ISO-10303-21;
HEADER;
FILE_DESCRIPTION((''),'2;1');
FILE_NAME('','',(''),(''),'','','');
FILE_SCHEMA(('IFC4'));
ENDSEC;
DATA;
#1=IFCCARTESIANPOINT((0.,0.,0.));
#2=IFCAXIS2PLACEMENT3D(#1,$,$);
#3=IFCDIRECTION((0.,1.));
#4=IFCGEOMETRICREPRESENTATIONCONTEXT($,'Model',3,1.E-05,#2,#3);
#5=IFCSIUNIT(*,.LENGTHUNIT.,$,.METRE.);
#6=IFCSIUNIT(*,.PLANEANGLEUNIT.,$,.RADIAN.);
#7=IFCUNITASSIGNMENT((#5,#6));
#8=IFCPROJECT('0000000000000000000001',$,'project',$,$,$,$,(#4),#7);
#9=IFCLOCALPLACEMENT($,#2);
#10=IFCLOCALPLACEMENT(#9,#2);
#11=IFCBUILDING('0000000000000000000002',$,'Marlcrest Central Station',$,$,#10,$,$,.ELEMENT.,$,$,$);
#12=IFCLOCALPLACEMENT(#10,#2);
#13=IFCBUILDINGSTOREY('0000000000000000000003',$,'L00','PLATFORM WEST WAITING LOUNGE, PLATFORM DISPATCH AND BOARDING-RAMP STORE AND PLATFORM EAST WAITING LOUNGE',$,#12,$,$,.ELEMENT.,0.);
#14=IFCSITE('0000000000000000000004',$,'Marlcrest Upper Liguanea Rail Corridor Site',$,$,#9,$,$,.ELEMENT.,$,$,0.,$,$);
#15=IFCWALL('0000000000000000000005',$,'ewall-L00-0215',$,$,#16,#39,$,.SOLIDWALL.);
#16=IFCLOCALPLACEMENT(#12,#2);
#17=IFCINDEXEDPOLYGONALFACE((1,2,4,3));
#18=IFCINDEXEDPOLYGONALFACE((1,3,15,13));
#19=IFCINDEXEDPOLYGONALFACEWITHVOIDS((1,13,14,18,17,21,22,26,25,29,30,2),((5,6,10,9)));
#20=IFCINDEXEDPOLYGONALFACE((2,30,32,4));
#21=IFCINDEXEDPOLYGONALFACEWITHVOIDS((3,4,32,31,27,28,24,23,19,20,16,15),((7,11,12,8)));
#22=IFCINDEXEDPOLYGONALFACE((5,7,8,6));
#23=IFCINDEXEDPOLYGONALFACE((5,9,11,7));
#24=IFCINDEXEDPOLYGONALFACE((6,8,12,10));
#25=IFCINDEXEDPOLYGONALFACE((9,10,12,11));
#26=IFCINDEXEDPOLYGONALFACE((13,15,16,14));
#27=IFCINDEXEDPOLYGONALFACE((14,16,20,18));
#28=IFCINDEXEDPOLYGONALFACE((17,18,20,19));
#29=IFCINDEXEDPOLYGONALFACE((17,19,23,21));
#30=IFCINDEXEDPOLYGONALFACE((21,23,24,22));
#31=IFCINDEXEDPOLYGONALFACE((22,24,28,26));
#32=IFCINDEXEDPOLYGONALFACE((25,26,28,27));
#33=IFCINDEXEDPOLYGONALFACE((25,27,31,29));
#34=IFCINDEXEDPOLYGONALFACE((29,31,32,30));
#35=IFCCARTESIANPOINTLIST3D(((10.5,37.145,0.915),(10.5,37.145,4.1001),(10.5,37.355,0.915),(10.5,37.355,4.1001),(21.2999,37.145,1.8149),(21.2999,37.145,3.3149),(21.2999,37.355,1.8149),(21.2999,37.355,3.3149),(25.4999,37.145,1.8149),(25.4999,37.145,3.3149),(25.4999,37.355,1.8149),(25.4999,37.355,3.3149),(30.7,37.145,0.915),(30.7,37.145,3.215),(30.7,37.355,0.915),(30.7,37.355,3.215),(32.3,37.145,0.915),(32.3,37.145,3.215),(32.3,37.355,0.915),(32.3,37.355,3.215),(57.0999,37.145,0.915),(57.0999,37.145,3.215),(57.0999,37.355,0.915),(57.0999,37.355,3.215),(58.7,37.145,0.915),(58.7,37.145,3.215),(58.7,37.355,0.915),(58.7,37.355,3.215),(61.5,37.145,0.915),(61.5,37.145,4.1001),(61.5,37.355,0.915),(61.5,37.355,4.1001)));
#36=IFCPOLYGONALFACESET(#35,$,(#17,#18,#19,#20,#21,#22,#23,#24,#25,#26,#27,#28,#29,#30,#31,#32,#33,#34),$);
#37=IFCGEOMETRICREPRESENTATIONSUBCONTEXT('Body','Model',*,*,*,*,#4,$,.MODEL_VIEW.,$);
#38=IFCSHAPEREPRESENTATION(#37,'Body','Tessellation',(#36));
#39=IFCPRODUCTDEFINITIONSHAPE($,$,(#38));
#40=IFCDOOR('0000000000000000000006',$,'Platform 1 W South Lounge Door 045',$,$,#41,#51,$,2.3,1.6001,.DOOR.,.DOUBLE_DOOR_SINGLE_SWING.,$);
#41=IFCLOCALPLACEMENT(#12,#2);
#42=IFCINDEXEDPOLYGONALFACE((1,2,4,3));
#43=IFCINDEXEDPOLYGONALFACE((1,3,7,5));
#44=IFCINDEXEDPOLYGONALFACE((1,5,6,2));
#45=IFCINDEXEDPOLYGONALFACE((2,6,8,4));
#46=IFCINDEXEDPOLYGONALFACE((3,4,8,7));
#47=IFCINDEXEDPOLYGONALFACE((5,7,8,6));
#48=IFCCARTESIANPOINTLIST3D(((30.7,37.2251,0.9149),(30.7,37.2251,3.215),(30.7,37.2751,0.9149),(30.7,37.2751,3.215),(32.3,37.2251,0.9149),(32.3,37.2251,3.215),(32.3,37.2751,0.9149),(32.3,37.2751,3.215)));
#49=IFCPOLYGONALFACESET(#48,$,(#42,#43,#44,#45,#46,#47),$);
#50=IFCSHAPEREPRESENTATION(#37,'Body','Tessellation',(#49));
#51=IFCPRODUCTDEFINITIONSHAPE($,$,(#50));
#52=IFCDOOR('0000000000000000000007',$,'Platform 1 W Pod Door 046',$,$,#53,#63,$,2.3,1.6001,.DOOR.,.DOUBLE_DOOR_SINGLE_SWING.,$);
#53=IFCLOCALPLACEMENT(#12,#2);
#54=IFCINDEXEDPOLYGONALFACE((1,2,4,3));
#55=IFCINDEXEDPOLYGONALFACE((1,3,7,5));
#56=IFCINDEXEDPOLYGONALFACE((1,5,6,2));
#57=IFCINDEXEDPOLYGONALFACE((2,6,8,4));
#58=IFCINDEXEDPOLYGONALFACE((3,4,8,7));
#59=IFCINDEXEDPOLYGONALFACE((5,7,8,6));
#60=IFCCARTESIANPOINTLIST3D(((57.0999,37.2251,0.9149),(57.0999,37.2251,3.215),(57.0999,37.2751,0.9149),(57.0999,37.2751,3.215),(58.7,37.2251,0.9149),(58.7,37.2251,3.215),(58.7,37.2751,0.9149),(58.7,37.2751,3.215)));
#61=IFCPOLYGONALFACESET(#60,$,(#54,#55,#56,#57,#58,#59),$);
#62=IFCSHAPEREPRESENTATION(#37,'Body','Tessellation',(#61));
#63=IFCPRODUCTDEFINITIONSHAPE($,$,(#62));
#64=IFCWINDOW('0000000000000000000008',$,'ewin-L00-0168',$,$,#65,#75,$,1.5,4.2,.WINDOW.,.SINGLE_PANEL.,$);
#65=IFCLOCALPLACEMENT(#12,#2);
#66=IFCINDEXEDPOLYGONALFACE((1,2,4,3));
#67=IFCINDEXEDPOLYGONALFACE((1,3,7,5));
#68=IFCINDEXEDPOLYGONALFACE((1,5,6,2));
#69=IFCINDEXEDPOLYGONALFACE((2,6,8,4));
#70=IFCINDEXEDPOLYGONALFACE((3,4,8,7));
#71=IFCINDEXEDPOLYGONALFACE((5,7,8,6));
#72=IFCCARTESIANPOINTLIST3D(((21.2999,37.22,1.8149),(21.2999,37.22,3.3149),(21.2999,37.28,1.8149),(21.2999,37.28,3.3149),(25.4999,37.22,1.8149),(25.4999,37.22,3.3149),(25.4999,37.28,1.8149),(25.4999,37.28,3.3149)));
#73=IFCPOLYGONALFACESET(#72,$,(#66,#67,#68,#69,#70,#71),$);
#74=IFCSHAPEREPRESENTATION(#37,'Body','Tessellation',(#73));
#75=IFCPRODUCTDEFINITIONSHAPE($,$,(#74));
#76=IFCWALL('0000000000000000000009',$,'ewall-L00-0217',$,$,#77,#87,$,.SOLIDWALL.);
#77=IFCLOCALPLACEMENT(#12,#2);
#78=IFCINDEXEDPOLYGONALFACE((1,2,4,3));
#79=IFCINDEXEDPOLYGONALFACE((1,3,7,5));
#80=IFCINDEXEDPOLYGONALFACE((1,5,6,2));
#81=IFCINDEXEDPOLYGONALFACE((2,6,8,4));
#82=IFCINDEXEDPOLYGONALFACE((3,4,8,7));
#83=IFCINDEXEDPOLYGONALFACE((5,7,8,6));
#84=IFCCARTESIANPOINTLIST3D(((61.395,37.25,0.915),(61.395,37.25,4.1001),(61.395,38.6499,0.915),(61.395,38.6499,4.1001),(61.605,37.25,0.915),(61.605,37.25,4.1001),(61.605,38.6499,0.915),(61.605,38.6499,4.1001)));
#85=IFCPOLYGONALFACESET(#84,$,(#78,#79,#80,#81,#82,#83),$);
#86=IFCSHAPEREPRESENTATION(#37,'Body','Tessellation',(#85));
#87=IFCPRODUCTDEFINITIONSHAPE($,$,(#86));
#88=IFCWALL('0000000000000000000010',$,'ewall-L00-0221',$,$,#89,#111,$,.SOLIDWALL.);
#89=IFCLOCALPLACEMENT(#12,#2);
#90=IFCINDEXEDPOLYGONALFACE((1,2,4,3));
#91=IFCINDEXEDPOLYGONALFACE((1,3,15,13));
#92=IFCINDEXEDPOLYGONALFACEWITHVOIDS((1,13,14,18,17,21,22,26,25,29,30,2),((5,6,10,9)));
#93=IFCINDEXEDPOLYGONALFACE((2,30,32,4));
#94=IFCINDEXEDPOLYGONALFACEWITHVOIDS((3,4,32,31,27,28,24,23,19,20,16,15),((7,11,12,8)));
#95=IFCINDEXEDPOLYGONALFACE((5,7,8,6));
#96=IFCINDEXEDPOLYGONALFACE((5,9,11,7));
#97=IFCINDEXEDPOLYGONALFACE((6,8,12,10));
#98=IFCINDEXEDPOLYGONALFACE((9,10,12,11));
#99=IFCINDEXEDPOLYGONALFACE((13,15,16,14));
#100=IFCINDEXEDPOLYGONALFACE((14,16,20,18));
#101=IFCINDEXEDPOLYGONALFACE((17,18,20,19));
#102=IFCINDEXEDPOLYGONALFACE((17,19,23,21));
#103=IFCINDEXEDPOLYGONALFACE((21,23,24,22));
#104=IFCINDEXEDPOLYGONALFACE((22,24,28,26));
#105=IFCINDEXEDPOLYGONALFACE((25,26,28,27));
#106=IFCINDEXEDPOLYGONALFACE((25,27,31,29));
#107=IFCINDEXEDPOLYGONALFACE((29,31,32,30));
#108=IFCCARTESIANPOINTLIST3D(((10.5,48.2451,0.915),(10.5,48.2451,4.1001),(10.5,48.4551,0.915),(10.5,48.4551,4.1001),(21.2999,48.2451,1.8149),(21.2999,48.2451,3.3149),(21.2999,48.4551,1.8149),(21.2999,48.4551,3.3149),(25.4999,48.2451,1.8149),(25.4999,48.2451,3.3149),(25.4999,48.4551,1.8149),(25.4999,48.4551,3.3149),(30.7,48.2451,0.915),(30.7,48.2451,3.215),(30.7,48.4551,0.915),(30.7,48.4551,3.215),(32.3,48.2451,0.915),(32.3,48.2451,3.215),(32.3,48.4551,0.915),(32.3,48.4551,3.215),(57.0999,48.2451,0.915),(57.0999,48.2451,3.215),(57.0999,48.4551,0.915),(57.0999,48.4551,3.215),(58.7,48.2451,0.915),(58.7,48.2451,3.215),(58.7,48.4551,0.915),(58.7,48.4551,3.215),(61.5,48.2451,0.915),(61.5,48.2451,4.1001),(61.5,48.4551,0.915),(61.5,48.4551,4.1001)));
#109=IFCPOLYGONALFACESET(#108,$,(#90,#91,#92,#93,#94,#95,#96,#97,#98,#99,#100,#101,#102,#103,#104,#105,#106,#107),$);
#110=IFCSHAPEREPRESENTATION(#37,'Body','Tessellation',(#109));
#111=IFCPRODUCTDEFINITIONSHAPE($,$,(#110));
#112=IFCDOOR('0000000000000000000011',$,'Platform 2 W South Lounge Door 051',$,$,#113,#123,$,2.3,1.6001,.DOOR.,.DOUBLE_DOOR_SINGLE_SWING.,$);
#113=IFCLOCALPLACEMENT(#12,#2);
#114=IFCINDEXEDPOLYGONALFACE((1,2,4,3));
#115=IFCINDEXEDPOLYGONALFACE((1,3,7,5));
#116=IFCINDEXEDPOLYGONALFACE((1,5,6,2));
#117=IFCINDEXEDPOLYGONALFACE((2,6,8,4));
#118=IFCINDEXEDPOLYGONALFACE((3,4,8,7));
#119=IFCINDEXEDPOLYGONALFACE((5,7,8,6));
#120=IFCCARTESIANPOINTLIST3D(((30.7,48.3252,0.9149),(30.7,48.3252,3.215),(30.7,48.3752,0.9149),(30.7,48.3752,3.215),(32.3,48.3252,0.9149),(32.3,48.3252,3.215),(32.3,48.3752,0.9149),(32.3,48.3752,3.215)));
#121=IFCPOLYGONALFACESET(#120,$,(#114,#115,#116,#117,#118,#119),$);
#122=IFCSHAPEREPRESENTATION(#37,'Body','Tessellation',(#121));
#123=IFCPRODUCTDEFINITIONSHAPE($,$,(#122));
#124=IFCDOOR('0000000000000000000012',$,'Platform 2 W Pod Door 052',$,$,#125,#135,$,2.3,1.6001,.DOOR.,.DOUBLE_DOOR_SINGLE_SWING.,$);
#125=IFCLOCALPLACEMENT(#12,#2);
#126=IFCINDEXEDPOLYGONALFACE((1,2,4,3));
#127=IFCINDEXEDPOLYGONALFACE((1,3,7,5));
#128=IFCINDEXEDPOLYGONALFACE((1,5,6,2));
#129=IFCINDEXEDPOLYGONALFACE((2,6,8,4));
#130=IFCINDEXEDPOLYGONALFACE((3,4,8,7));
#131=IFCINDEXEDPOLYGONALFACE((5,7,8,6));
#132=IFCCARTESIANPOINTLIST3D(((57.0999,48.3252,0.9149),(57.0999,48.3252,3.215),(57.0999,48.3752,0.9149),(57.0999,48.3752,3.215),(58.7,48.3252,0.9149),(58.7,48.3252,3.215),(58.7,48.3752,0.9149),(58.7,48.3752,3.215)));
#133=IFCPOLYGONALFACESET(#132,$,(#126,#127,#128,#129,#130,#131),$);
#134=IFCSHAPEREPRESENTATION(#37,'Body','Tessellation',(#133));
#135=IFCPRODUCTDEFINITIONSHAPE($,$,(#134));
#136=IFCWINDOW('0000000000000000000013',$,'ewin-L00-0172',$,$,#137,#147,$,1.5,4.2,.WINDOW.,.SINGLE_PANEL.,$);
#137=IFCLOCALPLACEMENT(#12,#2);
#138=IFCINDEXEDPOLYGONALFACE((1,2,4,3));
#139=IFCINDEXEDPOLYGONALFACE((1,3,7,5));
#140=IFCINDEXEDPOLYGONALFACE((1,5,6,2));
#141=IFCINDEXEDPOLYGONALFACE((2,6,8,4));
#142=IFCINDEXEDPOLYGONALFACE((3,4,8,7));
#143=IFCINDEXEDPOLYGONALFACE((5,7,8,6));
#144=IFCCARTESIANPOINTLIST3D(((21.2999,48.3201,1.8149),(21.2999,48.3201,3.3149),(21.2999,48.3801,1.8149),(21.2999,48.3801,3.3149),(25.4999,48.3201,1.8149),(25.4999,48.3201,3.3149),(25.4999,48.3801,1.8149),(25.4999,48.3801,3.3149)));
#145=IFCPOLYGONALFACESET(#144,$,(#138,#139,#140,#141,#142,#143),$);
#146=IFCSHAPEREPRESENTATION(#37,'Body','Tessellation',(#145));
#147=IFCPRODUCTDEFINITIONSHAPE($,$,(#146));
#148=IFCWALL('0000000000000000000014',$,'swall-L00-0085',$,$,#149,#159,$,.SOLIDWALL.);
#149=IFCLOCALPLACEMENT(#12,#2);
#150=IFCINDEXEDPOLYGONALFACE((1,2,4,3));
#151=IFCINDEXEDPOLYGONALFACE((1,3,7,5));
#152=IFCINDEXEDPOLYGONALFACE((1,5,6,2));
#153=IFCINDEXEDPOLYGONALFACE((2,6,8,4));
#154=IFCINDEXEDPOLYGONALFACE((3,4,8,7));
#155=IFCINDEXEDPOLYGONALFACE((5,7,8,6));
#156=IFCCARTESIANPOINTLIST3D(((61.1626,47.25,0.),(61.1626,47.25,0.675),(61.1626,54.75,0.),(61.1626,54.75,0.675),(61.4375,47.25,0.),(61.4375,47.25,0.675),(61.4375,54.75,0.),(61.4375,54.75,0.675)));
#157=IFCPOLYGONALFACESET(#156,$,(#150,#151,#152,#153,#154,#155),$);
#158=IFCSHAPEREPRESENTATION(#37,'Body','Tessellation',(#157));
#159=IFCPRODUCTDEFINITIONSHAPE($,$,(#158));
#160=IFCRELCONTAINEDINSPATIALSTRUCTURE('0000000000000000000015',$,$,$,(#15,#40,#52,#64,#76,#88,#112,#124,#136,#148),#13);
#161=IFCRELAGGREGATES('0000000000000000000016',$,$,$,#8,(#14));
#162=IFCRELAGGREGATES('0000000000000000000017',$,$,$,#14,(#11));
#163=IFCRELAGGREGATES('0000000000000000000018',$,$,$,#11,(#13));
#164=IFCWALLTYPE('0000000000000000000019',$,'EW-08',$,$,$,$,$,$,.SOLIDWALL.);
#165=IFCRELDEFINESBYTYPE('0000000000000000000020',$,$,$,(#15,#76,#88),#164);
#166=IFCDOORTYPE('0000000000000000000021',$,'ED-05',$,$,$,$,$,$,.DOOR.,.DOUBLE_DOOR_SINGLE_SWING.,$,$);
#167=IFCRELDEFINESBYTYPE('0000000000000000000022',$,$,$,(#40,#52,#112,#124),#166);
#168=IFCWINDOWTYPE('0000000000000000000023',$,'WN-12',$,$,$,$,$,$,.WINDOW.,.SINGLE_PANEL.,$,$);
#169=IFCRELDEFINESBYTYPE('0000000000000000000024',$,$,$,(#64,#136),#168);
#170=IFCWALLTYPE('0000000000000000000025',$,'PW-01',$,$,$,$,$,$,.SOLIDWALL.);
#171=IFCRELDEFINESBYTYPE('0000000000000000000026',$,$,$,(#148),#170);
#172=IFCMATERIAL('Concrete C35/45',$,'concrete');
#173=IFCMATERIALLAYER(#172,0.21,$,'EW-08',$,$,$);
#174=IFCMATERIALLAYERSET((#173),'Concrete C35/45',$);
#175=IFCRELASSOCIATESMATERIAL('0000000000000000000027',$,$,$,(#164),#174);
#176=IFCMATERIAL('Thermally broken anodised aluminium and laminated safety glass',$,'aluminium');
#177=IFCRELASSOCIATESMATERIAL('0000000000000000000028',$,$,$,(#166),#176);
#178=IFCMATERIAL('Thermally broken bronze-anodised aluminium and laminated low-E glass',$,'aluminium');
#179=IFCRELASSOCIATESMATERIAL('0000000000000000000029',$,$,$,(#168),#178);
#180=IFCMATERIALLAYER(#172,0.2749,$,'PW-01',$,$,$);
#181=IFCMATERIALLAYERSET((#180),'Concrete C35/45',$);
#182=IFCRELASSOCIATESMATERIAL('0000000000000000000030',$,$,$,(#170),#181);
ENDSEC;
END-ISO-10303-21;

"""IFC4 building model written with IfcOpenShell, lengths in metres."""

from ifc_helpers import new_model, si_unit, direction, frame, frame_2d, origin, place, context, subcontext, project, spatial, rectangle, extrude, material, layer, layer_set, type_object, element, fill, save


model = new_model("IFC4")

# Units and contexts
model_context = context("Model", 3, precision=1e-05, world=origin(), true_north=direction((0.0, 1.0)))
body_context = subcontext(model_context, "Body", "Model", "MODEL_VIEW")
ifc_project = project(units=[si_unit("LENGTHUNIT", "METRE"), si_unit("PLANEANGLEUNIT", "RADIAN")], contexts=[model_context])

# Site, building, storey
site_placement = place(None, origin())
site = spatial("IfcSite", under=ifc_project, at=site_placement, Name="Marlcrest Upper Liguanea Rail Corridor Site", CompositionType="ELEMENT", RefElevation=0.0)
building_placement = place(site_placement, origin())
building = spatial("IfcBuilding", under=site, at=building_placement, Name="Marlcrest Central Station", CompositionType="ELEMENT")
storey_placement = place(building_placement, origin())
storey = spatial("IfcBuildingStorey", under=building, at=storey_placement, Name="L00", Description="PLATFORM WEST WAITING LOUNGE, PLATFORM DISPATCH AND BOARDING-RAMP STORE AND PLATFORM EAST WAITING LOUNGE", CompositionType="ELEMENT", Elevation=0.0)

# Wall, openings, doors, window
ifc_material_1 = material(Name="Concrete C35/45", Category="concrete")
ifc_layer_1 = layer(ifc_material_1, 0.21, Name="EW-08")
ifc_layer_set_1 = layer_set([ifc_layer_1], Name="Concrete C35/45")
wall_type_1 = type_object("IfcWallType", Name="EW-08", PredefinedType="SOLIDWALL", material=ifc_layer_set_1)
wall_1_placement = place(storey_placement, frame((61.5, 37.25, 0.915), z_axis=(0.0, 0.0, 1.0), x_axis=(-1.0, 0.0, 0.0)))
wall_1 = element("IfcWall", 1, at=wall_1_placement, inside=storey, type_object=wall_type_1, Name="ewall-L00-0215", PredefinedType="SOLIDWALL", context=body_context, shape_type="SweptSolid", body=[
    extrude(rectangle(XDim=51.0, YDim=0.21, at=frame_2d((25.5, 0.0))), origin(), (0.0, 0.0, 1.0), 3.1851),
])
opening_1_placement = place(wall_1_placement, frame((29.2, 0.0, 0.0)))
opening_1 = element("IfcOpeningElement", 2, at=opening_1_placement, cuts=wall_1, PredefinedType="OPENING", context=body_context, shape_type="SweptSolid", body=[
    extrude(rectangle(XDim=1.6001, YDim=2.3, at=frame_2d((0.8, 1.1499))), frame((0.0, 0.115, 0.0), z_axis=(0.0, -1.0, 0.0), x_axis=(1.0, 0.0, 0.0)), (0.0, 0.0, 1.0), 0.23),
])
opening_2_placement = place(wall_1_placement, frame((2.8, 0.0, 0.0)))
opening_2 = element("IfcOpeningElement", 3, at=opening_2_placement, cuts=wall_1, PredefinedType="OPENING", context=body_context, shape_type="SweptSolid", body=[
    extrude(rectangle(XDim=1.6001, YDim=2.3, at=frame_2d((0.8, 1.1499))), frame((0.0, 0.115, 0.0), z_axis=(0.0, -1.0, 0.0), x_axis=(1.0, 0.0, 0.0)), (0.0, 0.0, 1.0), 0.23),
])
opening_3_placement = place(wall_1_placement, frame((36.0, 0.0, 0.8999)))
opening_3 = element("IfcOpeningElement", 4, at=opening_3_placement, cuts=wall_1, PredefinedType="OPENING", context=body_context, shape_type="SweptSolid", body=[
    extrude(rectangle(XDim=4.2, YDim=1.5, at=frame_2d((2.1001, 0.75))), frame((0.0, 0.115, 0.0), z_axis=(0.0, -1.0, 0.0), x_axis=(1.0, 0.0, 0.0)), (0.0, 0.0, 1.0), 0.23),
])
ifc_material_2 = material(Name="Thermally broken anodised aluminium and laminated safety glass", Category="aluminium")
door_type = type_object("IfcDoorType", Name="ED-05", OperationType="DOUBLE_DOOR_SINGLE_SWING", PredefinedType="DOOR", material=ifc_material_2)
door_1_placement = place(opening_1_placement, origin())
door_1 = element("IfcDoor", 5, at=door_1_placement, inside=storey, type_object=door_type, Name="Platform 1 W South Lounge Door 045", OperationType="DOUBLE_DOOR_SINGLE_SWING", OverallHeight=2.3, OverallWidth=1.6001, PredefinedType="DOOR", context=body_context, shape_type="SweptSolid", body=[
    extrude(rectangle(XDim=1.6001, YDim=2.3, at=frame_2d((0.8, 1.1499))), frame((0.0, 0.0249, 0.0), z_axis=(0.0, -1.0, 0.0), x_axis=(1.0, 0.0, 0.0)), (0.0, 0.0, 1.0), 0.05),
])
fill(opening_1, door_1)
door_2_placement = place(opening_2_placement, origin())
door_2 = element("IfcDoor", 6, at=door_2_placement, inside=storey, type_object=door_type, Name="Platform 1 W Pod Door 046", OperationType="DOUBLE_DOOR_SINGLE_SWING", OverallHeight=2.3, OverallWidth=1.6001, PredefinedType="DOOR", context=body_context, shape_type="SweptSolid", body=[
    extrude(rectangle(XDim=1.6001, YDim=2.3, at=frame_2d((0.8, 1.1499))), frame((0.0, 0.0249, 0.0), z_axis=(0.0, -1.0, 0.0), x_axis=(1.0, 0.0, 0.0)), (0.0, 0.0, 1.0), 0.05),
])
fill(opening_2, door_2)
ifc_material_3 = material(Name="Thermally broken bronze-anodised aluminium and laminated low-E glass", Category="aluminium")
window_type = type_object("IfcWindowType", Name="WN-12", PartitioningType="SINGLE_PANEL", PredefinedType="WINDOW", material=ifc_material_3)
window_1_placement = place(opening_3_placement, origin())
window_1 = element("IfcWindow", 7, at=window_1_placement, inside=storey, type_object=window_type, Name="ewin-L00-0168", OverallHeight=1.5, OverallWidth=4.2, PartitioningType="SINGLE_PANEL", PredefinedType="WINDOW", context=body_context, shape_type="SweptSolid", body=[
    extrude(rectangle(XDim=4.2, YDim=1.5, at=frame_2d((2.1001, 0.75))), frame((0.0, 0.03, 0.0), z_axis=(0.0, -1.0, 0.0), x_axis=(1.0, 0.0, 0.0)), (0.0, 0.0, 1.0), 0.0601),
])
fill(opening_3, window_1)

# Wall
wall_2_placement = place(storey_placement, frame((61.5, 38.6499, 0.915), z_axis=(0.0, 0.0, 1.0), x_axis=(0.0, -1.0, 0.0)))
element("IfcWall", 8, at=wall_2_placement, inside=storey, type_object=wall_type_1, Name="ewall-L00-0217", PredefinedType="SOLIDWALL", context=body_context, shape_type="SweptSolid", body=[
    extrude(rectangle(XDim=1.3999, YDim=0.21, at=frame_2d((0.7, 0.0))), origin(), (0.0, 0.0, 1.0), 3.1851),
])

# Wall, openings, doors, window
wall_3_placement = place(storey_placement, frame((61.5, 48.3501, 0.915), z_axis=(0.0, 0.0, 1.0), x_axis=(-1.0, 0.0, 0.0)))
wall_3 = element("IfcWall", 9, at=wall_3_placement, inside=storey, type_object=wall_type_1, Name="ewall-L00-0221", PredefinedType="SOLIDWALL", context=body_context, shape_type="SweptSolid", body=[
    extrude(rectangle(XDim=51.0, YDim=0.21, at=frame_2d((25.5, 0.0))), origin(), (0.0, 0.0, 1.0), 3.1851),
])
opening_4_placement = place(wall_3_placement, frame((29.2, 0.0, 0.0)))
opening_4 = element("IfcOpeningElement", 10, at=opening_4_placement, cuts=wall_3, PredefinedType="OPENING", context=body_context, shape_type="SweptSolid", body=[
    extrude(rectangle(XDim=1.6001, YDim=2.3, at=frame_2d((0.8, 1.1499))), frame((0.0, 0.115, 0.0), z_axis=(0.0, -1.0, 0.0), x_axis=(1.0, 0.0, 0.0)), (0.0, 0.0, 1.0), 0.23),
])
opening_5_placement = place(wall_3_placement, frame((2.8, 0.0, 0.0)))
opening_5 = element("IfcOpeningElement", 11, at=opening_5_placement, cuts=wall_3, PredefinedType="OPENING", context=body_context, shape_type="SweptSolid", body=[
    extrude(rectangle(XDim=1.6001, YDim=2.3, at=frame_2d((0.8, 1.1499))), frame((0.0, 0.115, 0.0), z_axis=(0.0, -1.0, 0.0), x_axis=(1.0, 0.0, 0.0)), (0.0, 0.0, 1.0), 0.23),
])
opening_6_placement = place(wall_3_placement, frame((36.0, 0.0, 0.8999)))
opening_6 = element("IfcOpeningElement", 12, at=opening_6_placement, cuts=wall_3, PredefinedType="OPENING", context=body_context, shape_type="SweptSolid", body=[
    extrude(rectangle(XDim=4.2, YDim=1.5, at=frame_2d((2.1001, 0.75))), frame((0.0, 0.115, 0.0), z_axis=(0.0, -1.0, 0.0), x_axis=(1.0, 0.0, 0.0)), (0.0, 0.0, 1.0), 0.23),
])
door_3_placement = place(opening_4_placement, origin())
door_3 = element("IfcDoor", 13, at=door_3_placement, inside=storey, type_object=door_type, Name="Platform 2 W South Lounge Door 051", OperationType="DOUBLE_DOOR_SINGLE_SWING", OverallHeight=2.3, OverallWidth=1.6001, PredefinedType="DOOR", context=body_context, shape_type="SweptSolid", body=[
    extrude(rectangle(XDim=1.6001, YDim=2.3, at=frame_2d((0.8, 1.1499))), frame((0.0, 0.0249, 0.0), z_axis=(0.0, -1.0, 0.0), x_axis=(1.0, 0.0, 0.0)), (0.0, 0.0, 1.0), 0.05),
])
fill(opening_4, door_3)
door_4_placement = place(opening_5_placement, origin())
door_4 = element("IfcDoor", 14, at=door_4_placement, inside=storey, type_object=door_type, Name="Platform 2 W Pod Door 052", OperationType="DOUBLE_DOOR_SINGLE_SWING", OverallHeight=2.3, OverallWidth=1.6001, PredefinedType="DOOR", context=body_context, shape_type="SweptSolid", body=[
    extrude(rectangle(XDim=1.6001, YDim=2.3, at=frame_2d((0.8, 1.1499))), frame((0.0, 0.0249, 0.0), z_axis=(0.0, -1.0, 0.0), x_axis=(1.0, 0.0, 0.0)), (0.0, 0.0, 1.0), 0.05),
])
fill(opening_5, door_4)
window_2_placement = place(opening_6_placement, origin())
window_2 = element("IfcWindow", 15, at=window_2_placement, inside=storey, type_object=window_type, Name="ewin-L00-0172", OverallHeight=1.5, OverallWidth=4.2, PartitioningType="SINGLE_PANEL", PredefinedType="WINDOW", context=body_context, shape_type="SweptSolid", body=[
    extrude(rectangle(XDim=4.2, YDim=1.5, at=frame_2d((2.1001, 0.75))), frame((0.0, 0.03, 0.0), z_axis=(0.0, -1.0, 0.0), x_axis=(1.0, 0.0, 0.0)), (0.0, 0.0, 1.0), 0.0601),
])
fill(opening_6, window_2)

# Wall
ifc_layer_2 = layer(ifc_material_1, 0.2749, Name="PW-01")
ifc_layer_set_2 = layer_set([ifc_layer_2], Name="Concrete C35/45")
wall_type_2 = type_object("IfcWallType", Name="PW-01", PredefinedType="SOLIDWALL", material=ifc_layer_set_2)
for number, where, z_axis, x_axis, name in (
    (16, (61.3, 47.25, 0.0), (0.0, 0.0, 1.0), (0.0, 1.0, 0.0), "swall-L00-0085"),
):
    element("IfcWall", number, at=place(storey_placement, frame(where, z_axis=z_axis, x_axis=x_axis)), inside=storey, type_object=wall_type_2, Name=name, PredefinedType="SOLIDWALL", context=body_context, shape_type="SweptSolid", body=[
        extrude(rectangle(XDim=7.5, YDim=0.2749, at=frame_2d((3.75, 0.0))), origin(), (0.0, 0.0, 1.0), 0.675),
    ])

save(model, "model.ifc")
